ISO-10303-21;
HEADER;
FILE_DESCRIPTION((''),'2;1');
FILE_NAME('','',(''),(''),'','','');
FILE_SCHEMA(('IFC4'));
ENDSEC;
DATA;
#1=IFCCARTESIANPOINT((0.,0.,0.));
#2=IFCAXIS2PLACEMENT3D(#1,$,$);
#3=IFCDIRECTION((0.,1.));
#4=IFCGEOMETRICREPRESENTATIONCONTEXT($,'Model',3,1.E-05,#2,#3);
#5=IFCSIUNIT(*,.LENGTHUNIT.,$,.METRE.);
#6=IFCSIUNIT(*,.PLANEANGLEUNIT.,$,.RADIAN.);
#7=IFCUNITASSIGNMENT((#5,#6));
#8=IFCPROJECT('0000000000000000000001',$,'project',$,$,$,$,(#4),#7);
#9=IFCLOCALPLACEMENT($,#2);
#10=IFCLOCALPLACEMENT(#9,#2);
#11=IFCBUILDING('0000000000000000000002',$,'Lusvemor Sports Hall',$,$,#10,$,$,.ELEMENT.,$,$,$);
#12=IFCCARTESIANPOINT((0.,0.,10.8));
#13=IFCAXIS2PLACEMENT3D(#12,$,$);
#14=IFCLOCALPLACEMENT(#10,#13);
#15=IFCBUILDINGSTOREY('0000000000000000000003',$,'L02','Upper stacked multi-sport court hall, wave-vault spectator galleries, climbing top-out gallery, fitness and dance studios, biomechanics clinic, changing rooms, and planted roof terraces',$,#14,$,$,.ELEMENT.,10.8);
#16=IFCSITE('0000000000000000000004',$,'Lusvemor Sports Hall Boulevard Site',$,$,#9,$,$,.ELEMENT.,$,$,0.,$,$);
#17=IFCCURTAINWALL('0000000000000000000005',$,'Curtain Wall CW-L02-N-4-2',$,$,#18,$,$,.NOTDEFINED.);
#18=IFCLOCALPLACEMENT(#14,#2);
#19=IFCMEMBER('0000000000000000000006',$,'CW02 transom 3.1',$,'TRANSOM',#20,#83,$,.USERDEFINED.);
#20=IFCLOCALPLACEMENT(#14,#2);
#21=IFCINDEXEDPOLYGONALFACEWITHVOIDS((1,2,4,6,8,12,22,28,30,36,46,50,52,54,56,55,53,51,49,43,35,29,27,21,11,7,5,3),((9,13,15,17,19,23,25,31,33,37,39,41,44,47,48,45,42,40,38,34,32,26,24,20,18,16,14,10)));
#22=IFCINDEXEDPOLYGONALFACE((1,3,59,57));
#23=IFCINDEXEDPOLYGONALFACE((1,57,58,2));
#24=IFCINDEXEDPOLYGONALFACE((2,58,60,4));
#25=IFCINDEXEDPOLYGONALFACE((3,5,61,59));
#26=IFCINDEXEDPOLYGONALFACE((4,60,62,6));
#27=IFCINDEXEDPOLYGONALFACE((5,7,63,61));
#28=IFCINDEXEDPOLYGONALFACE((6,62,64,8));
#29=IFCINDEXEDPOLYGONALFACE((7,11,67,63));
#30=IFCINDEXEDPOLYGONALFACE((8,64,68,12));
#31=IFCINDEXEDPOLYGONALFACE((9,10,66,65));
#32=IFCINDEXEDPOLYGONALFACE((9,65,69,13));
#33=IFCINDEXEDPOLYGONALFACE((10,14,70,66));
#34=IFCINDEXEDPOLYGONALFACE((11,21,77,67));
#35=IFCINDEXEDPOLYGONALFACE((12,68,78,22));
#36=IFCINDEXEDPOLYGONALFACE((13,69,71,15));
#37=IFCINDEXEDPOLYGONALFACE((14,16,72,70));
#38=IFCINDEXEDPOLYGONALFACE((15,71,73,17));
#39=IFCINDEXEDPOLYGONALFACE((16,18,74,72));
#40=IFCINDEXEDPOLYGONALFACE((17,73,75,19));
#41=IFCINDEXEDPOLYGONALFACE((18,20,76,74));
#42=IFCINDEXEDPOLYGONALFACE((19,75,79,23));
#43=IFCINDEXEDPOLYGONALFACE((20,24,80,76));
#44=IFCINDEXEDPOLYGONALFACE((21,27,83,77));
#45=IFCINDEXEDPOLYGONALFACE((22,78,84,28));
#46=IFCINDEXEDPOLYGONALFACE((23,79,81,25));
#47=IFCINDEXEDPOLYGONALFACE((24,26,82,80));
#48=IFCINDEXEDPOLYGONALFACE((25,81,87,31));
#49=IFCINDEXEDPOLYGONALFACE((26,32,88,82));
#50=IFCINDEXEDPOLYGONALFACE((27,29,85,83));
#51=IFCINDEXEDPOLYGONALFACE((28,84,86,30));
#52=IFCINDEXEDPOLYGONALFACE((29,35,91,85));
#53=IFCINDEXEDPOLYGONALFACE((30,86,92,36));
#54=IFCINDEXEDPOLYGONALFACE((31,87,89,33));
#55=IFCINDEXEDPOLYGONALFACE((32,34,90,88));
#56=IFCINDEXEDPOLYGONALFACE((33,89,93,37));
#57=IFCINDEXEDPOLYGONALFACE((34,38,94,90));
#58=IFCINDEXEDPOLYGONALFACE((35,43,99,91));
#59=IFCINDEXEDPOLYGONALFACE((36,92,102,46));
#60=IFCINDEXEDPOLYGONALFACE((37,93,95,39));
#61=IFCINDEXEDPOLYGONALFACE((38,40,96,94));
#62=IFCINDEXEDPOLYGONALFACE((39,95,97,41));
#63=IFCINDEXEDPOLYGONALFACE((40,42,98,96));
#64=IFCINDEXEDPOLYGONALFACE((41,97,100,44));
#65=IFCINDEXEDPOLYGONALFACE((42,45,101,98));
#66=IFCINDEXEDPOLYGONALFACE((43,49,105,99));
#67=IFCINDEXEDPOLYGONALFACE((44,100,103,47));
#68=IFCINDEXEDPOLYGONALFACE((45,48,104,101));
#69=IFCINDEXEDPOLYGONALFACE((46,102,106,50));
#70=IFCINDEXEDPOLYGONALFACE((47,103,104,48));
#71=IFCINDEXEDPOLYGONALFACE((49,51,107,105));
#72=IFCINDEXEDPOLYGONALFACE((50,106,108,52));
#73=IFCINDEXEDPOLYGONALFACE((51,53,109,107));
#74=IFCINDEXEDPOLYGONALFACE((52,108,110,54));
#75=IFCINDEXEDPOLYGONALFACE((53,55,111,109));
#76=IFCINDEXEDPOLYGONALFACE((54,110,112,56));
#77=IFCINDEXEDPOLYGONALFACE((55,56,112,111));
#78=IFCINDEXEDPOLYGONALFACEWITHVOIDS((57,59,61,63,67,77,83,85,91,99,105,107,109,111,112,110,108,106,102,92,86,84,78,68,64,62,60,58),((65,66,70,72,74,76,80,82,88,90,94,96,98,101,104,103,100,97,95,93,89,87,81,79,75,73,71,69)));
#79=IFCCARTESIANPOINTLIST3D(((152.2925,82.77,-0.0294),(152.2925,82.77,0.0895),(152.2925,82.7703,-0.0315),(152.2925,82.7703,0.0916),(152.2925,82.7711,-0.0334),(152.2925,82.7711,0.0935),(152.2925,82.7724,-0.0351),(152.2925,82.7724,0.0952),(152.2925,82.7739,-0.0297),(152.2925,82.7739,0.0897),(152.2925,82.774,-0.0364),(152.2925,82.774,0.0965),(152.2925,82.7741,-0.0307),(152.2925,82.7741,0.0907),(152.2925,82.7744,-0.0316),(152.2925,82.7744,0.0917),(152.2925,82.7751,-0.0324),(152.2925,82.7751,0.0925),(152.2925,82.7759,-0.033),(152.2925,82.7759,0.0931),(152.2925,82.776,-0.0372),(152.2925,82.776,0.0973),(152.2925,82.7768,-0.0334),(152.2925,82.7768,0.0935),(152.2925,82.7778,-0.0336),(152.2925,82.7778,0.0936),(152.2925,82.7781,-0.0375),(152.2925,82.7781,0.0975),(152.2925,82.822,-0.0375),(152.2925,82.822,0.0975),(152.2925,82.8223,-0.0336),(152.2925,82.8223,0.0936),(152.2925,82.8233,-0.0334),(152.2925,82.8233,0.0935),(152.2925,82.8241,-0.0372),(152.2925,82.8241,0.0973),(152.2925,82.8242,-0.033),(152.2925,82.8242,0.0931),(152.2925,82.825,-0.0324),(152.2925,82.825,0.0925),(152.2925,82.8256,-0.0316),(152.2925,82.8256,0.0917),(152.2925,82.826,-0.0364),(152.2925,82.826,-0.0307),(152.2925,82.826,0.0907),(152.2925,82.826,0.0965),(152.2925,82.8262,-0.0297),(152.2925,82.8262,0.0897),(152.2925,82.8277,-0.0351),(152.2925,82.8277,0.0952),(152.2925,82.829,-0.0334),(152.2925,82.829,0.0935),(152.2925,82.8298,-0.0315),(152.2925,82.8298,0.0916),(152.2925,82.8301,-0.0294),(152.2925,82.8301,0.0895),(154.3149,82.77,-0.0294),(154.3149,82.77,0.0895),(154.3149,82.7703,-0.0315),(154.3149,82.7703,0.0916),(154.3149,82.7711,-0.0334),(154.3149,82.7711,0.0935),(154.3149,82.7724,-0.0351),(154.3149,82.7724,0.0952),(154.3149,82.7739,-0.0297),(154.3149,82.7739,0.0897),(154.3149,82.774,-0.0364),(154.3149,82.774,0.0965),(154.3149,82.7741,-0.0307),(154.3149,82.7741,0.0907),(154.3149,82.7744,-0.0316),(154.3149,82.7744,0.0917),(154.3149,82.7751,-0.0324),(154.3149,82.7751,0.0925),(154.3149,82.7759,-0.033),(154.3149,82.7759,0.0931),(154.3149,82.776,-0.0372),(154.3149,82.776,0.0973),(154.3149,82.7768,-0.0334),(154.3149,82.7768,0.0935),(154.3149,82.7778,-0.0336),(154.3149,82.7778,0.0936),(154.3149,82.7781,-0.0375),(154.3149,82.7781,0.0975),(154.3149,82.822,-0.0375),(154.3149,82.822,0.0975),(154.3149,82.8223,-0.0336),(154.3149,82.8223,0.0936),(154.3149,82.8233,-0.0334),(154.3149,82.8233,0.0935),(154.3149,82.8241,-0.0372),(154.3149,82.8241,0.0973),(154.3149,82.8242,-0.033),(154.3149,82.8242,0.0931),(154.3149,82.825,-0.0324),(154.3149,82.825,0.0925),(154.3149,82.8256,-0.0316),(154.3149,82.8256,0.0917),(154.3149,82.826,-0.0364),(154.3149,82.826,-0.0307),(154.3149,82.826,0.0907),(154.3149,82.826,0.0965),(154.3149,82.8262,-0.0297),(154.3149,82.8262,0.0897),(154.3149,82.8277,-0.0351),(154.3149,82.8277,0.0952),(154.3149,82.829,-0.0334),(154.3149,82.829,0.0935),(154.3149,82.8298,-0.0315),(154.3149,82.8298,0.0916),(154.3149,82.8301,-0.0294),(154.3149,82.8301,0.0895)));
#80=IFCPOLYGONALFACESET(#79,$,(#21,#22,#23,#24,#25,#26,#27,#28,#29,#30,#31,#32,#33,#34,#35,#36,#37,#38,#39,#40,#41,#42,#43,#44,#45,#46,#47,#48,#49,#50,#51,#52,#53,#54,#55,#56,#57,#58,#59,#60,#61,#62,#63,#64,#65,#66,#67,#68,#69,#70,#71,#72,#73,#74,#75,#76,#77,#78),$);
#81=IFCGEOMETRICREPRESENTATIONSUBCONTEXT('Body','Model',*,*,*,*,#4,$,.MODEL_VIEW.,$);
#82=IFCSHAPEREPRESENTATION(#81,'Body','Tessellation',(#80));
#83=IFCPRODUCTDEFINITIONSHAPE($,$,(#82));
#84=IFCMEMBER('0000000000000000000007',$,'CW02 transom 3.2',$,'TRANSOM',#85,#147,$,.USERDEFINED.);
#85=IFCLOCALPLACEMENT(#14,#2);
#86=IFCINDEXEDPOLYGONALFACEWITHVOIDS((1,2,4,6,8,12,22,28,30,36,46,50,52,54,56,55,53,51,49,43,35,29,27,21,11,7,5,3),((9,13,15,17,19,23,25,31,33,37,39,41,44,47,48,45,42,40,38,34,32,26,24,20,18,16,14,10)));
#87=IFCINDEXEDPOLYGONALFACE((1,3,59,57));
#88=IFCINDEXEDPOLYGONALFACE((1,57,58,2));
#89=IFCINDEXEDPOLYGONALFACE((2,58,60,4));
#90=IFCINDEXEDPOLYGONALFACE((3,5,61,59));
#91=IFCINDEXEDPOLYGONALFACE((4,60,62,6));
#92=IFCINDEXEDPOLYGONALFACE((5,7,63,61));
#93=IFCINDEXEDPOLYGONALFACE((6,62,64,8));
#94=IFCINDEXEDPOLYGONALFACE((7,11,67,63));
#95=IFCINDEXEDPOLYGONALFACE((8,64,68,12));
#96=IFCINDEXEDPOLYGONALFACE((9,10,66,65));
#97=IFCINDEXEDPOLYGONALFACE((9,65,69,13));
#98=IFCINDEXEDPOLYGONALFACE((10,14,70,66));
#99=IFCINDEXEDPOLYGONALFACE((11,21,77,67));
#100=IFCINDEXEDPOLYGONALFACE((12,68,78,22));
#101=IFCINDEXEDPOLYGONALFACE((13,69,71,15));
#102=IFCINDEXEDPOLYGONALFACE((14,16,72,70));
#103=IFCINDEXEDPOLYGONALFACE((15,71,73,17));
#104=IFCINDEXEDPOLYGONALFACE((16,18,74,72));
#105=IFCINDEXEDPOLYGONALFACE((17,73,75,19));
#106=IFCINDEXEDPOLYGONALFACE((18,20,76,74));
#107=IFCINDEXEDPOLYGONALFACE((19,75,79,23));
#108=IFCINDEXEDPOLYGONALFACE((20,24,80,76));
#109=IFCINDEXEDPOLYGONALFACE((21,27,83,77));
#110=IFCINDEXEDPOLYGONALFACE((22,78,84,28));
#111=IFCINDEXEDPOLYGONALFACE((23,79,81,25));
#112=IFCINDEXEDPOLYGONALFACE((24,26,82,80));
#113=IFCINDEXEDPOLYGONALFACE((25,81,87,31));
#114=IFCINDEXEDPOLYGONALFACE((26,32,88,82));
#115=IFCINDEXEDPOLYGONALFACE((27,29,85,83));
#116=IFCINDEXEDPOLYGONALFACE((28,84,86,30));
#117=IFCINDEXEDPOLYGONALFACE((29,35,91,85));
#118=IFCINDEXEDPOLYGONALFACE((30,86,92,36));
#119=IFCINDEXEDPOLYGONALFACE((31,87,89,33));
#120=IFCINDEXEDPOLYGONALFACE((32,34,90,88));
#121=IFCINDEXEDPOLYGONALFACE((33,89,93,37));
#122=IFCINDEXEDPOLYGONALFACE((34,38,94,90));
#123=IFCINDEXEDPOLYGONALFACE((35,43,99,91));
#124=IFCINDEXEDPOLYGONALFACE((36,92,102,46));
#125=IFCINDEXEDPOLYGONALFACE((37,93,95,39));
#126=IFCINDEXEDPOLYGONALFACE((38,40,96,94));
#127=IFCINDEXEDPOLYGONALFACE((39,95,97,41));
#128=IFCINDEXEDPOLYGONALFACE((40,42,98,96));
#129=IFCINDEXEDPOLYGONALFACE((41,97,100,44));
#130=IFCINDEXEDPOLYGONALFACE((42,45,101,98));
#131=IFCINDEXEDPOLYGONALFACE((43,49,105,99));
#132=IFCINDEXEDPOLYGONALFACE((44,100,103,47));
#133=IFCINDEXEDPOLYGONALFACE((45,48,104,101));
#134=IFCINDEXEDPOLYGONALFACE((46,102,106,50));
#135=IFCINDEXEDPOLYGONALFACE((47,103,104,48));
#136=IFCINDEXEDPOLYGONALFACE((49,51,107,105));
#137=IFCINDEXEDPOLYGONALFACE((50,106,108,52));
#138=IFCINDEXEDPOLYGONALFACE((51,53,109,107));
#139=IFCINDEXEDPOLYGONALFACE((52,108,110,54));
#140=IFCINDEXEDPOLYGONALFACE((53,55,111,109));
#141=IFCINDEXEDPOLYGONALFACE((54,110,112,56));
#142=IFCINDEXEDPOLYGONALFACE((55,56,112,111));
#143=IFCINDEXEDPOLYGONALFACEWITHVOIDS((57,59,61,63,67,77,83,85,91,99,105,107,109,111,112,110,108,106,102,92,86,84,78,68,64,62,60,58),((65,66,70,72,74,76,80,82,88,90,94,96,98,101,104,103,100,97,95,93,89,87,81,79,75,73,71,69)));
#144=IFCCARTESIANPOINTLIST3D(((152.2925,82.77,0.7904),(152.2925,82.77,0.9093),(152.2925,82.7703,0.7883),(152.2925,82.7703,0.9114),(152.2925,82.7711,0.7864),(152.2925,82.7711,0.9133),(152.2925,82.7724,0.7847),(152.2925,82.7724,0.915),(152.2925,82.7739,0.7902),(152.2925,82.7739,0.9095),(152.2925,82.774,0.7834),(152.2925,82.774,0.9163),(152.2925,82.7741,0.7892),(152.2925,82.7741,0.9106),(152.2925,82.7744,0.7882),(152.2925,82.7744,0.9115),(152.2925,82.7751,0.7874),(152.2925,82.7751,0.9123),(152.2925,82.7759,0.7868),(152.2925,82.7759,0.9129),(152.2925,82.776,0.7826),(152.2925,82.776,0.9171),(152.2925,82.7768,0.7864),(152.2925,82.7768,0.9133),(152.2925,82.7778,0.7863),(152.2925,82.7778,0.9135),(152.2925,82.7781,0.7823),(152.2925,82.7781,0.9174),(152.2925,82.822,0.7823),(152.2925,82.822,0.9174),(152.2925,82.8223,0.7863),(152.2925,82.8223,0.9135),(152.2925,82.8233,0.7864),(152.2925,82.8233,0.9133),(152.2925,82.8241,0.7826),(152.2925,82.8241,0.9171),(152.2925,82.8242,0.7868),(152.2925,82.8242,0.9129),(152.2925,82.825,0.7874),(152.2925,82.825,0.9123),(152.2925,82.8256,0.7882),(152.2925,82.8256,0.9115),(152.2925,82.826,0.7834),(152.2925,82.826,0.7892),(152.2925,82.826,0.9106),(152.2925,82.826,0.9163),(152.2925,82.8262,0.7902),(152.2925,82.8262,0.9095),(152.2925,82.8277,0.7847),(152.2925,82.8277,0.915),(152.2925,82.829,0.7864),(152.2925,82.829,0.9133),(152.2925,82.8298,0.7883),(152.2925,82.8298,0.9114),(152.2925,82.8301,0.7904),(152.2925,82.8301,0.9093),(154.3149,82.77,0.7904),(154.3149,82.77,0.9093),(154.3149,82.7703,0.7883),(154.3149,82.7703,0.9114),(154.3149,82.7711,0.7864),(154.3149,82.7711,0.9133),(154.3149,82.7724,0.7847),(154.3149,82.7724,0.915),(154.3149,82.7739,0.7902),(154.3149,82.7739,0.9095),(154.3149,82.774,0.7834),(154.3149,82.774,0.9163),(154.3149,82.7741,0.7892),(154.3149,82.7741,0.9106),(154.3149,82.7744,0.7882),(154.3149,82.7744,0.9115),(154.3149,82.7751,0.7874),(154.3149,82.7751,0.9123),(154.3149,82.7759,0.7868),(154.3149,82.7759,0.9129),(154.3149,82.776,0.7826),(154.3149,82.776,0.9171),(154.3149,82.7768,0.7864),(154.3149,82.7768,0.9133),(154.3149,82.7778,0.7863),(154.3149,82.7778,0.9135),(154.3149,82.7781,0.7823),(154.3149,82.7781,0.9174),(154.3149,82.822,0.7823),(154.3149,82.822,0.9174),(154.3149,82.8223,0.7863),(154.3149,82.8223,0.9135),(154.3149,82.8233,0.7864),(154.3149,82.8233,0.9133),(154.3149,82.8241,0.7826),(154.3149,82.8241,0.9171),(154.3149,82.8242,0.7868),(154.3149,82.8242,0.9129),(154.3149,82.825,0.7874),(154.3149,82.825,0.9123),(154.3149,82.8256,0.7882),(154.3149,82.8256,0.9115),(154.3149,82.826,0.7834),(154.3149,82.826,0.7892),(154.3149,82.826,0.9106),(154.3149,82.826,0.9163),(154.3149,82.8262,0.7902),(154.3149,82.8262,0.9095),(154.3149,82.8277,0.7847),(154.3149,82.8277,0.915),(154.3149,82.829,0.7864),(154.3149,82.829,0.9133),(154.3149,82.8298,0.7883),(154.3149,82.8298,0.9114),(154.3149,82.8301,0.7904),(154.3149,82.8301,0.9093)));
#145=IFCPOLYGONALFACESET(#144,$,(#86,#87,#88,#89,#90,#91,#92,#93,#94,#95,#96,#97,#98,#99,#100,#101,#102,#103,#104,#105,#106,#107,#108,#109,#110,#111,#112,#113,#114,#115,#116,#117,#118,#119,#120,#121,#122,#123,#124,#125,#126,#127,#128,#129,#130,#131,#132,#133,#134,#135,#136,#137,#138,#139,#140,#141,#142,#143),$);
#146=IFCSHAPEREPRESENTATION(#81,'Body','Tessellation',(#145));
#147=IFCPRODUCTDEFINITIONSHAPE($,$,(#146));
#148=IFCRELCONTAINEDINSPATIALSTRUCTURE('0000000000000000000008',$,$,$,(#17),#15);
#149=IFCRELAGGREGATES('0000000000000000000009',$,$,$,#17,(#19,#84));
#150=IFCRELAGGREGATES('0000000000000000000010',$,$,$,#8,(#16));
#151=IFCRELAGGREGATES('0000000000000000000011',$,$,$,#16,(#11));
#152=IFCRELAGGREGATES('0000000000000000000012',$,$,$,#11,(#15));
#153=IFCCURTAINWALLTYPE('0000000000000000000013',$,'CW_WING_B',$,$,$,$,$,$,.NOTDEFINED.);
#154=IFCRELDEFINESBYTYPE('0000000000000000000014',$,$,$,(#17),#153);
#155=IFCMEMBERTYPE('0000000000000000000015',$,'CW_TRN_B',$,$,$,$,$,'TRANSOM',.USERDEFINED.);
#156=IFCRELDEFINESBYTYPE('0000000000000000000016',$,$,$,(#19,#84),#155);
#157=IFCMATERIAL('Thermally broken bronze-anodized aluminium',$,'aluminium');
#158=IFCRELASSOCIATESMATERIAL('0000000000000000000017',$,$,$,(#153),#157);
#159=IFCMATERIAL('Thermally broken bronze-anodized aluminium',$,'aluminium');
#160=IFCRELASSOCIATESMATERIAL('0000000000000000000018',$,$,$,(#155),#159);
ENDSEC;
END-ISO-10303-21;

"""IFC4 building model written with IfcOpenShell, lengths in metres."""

from ifc_helpers import new_model, si_unit, direction, frame, origin, origin_2d, place, context, subcontext, project, spatial, hollow_rectangle, extrude, material, material_profile, profile_set, type_object, element, aggregate, save


model = new_model("IFC4")

# Units and contexts
model_context = context("Model", 3, precision=1e-05, world=origin(), true_north=direction((0.0, 1.0)))
body_context = subcontext(model_context, "Body", "Model", "MODEL_VIEW")
ifc_project = project(units=[si_unit("LENGTHUNIT", "METRE"), si_unit("PLANEANGLEUNIT", "RADIAN")], contexts=[model_context])

# Site, building, storey
site_placement = place(None, origin())
site = spatial("IfcSite", under=ifc_project, at=site_placement, Name="Lusvemor Sports Hall Boulevard Site", CompositionType="ELEMENT", RefElevation=0.0)
building_placement = place(site_placement, origin())
building = spatial("IfcBuilding", under=site, at=building_placement, Name="Lusvemor Sports Hall", CompositionType="ELEMENT")
storey_placement = place(building_placement, frame((0.0, 0.0, 10.8)))
storey = spatial("IfcBuildingStorey", under=building, at=storey_placement, Name="L02", Description="Upper stacked multi-sport court hall, wave-vault spectator galleries, climbing top-out gallery, fitness and dance studios, biomechanics clinic, changing rooms, and planted roof terraces", CompositionType="ELEMENT", Elevation=10.8)

# Curtain wall, members
ifc_material_1 = material(Name="Thermally broken bronze-anodized aluminium", Category="aluminium")
curtain_wall_type = type_object("IfcCurtainWallType", Name="CW_WING_B", PredefinedType="NOTDEFINED", material=ifc_material_1)
curtain_wall_placement = place(storey_placement, origin())
curtain_wall = element("IfcCurtainWall", 1, at=curtain_wall_placement, inside=storey, type_object=curtain_wall_type, Name="Curtain Wall CW-L02-N-4-2", PredefinedType="NOTDEFINED")
ifc_material_2 = material(Name="Thermally broken bronze-anodized aluminium", Category="aluminium")
ifc_material_profile_1 = material_profile(ifc_material_2, hollow_rectangle(XDim=0.0601, YDim=0.135, WallThickness=0.0039, InnerFilletRadius=0.0039, OuterFilletRadius=0.0081, at=origin_2d()), Name="CWTRN135x60x4")
ifc_profile_set_1 = profile_set([ifc_material_profile_1], Name="Thermally broken bronze-anodized aluminium")
member_type_1 = type_object("IfcMemberType", Name="CW_TRN_B", ElementType="TRANSOM", PredefinedType="USERDEFINED", material=ifc_profile_set_1)
member_1_placement = place(storey_placement, frame((152.2925, 82.8, 0.03), z_axis=(1.0, 0.0, 0.0), x_axis=(0.0, 1.0, 0.0)))
member_1 = element("IfcMember", 2, at=member_1_placement, type_object=member_type_1, Name="CW02 transom 3.1", ObjectType="TRANSOM", PredefinedType="USERDEFINED", context=body_context, shape_type="SweptSolid", body=[
    extrude(hollow_rectangle(XDim=0.0601, YDim=0.135, WallThickness=0.0039, InnerFilletRadius=0.0039, OuterFilletRadius=0.0081, at=origin_2d()), origin(), (0.0, 0.0, 1.0), 2.0225),
])
member_2_placement = place(storey_placement, frame((152.2925, 82.8, 0.8499), z_axis=(1.0, 0.0, 0.0), x_axis=(0.0, 1.0, 0.0)))
member_2 = element("IfcMember", 3, at=member_2_placement, type_object=member_type_1, Name="CW02 transom 3.2", ObjectType="TRANSOM", PredefinedType="USERDEFINED", context=body_context, shape_type="SweptSolid", body=[
    extrude(hollow_rectangle(XDim=0.0601, YDim=0.135, WallThickness=0.0039, InnerFilletRadius=0.0039, OuterFilletRadius=0.0081, at=origin_2d()), origin(), (0.0, 0.0, 1.0), 2.0225),
])

aggregate(curtain_wall, [member_1, member_2])

save(model, "model.ifc")
